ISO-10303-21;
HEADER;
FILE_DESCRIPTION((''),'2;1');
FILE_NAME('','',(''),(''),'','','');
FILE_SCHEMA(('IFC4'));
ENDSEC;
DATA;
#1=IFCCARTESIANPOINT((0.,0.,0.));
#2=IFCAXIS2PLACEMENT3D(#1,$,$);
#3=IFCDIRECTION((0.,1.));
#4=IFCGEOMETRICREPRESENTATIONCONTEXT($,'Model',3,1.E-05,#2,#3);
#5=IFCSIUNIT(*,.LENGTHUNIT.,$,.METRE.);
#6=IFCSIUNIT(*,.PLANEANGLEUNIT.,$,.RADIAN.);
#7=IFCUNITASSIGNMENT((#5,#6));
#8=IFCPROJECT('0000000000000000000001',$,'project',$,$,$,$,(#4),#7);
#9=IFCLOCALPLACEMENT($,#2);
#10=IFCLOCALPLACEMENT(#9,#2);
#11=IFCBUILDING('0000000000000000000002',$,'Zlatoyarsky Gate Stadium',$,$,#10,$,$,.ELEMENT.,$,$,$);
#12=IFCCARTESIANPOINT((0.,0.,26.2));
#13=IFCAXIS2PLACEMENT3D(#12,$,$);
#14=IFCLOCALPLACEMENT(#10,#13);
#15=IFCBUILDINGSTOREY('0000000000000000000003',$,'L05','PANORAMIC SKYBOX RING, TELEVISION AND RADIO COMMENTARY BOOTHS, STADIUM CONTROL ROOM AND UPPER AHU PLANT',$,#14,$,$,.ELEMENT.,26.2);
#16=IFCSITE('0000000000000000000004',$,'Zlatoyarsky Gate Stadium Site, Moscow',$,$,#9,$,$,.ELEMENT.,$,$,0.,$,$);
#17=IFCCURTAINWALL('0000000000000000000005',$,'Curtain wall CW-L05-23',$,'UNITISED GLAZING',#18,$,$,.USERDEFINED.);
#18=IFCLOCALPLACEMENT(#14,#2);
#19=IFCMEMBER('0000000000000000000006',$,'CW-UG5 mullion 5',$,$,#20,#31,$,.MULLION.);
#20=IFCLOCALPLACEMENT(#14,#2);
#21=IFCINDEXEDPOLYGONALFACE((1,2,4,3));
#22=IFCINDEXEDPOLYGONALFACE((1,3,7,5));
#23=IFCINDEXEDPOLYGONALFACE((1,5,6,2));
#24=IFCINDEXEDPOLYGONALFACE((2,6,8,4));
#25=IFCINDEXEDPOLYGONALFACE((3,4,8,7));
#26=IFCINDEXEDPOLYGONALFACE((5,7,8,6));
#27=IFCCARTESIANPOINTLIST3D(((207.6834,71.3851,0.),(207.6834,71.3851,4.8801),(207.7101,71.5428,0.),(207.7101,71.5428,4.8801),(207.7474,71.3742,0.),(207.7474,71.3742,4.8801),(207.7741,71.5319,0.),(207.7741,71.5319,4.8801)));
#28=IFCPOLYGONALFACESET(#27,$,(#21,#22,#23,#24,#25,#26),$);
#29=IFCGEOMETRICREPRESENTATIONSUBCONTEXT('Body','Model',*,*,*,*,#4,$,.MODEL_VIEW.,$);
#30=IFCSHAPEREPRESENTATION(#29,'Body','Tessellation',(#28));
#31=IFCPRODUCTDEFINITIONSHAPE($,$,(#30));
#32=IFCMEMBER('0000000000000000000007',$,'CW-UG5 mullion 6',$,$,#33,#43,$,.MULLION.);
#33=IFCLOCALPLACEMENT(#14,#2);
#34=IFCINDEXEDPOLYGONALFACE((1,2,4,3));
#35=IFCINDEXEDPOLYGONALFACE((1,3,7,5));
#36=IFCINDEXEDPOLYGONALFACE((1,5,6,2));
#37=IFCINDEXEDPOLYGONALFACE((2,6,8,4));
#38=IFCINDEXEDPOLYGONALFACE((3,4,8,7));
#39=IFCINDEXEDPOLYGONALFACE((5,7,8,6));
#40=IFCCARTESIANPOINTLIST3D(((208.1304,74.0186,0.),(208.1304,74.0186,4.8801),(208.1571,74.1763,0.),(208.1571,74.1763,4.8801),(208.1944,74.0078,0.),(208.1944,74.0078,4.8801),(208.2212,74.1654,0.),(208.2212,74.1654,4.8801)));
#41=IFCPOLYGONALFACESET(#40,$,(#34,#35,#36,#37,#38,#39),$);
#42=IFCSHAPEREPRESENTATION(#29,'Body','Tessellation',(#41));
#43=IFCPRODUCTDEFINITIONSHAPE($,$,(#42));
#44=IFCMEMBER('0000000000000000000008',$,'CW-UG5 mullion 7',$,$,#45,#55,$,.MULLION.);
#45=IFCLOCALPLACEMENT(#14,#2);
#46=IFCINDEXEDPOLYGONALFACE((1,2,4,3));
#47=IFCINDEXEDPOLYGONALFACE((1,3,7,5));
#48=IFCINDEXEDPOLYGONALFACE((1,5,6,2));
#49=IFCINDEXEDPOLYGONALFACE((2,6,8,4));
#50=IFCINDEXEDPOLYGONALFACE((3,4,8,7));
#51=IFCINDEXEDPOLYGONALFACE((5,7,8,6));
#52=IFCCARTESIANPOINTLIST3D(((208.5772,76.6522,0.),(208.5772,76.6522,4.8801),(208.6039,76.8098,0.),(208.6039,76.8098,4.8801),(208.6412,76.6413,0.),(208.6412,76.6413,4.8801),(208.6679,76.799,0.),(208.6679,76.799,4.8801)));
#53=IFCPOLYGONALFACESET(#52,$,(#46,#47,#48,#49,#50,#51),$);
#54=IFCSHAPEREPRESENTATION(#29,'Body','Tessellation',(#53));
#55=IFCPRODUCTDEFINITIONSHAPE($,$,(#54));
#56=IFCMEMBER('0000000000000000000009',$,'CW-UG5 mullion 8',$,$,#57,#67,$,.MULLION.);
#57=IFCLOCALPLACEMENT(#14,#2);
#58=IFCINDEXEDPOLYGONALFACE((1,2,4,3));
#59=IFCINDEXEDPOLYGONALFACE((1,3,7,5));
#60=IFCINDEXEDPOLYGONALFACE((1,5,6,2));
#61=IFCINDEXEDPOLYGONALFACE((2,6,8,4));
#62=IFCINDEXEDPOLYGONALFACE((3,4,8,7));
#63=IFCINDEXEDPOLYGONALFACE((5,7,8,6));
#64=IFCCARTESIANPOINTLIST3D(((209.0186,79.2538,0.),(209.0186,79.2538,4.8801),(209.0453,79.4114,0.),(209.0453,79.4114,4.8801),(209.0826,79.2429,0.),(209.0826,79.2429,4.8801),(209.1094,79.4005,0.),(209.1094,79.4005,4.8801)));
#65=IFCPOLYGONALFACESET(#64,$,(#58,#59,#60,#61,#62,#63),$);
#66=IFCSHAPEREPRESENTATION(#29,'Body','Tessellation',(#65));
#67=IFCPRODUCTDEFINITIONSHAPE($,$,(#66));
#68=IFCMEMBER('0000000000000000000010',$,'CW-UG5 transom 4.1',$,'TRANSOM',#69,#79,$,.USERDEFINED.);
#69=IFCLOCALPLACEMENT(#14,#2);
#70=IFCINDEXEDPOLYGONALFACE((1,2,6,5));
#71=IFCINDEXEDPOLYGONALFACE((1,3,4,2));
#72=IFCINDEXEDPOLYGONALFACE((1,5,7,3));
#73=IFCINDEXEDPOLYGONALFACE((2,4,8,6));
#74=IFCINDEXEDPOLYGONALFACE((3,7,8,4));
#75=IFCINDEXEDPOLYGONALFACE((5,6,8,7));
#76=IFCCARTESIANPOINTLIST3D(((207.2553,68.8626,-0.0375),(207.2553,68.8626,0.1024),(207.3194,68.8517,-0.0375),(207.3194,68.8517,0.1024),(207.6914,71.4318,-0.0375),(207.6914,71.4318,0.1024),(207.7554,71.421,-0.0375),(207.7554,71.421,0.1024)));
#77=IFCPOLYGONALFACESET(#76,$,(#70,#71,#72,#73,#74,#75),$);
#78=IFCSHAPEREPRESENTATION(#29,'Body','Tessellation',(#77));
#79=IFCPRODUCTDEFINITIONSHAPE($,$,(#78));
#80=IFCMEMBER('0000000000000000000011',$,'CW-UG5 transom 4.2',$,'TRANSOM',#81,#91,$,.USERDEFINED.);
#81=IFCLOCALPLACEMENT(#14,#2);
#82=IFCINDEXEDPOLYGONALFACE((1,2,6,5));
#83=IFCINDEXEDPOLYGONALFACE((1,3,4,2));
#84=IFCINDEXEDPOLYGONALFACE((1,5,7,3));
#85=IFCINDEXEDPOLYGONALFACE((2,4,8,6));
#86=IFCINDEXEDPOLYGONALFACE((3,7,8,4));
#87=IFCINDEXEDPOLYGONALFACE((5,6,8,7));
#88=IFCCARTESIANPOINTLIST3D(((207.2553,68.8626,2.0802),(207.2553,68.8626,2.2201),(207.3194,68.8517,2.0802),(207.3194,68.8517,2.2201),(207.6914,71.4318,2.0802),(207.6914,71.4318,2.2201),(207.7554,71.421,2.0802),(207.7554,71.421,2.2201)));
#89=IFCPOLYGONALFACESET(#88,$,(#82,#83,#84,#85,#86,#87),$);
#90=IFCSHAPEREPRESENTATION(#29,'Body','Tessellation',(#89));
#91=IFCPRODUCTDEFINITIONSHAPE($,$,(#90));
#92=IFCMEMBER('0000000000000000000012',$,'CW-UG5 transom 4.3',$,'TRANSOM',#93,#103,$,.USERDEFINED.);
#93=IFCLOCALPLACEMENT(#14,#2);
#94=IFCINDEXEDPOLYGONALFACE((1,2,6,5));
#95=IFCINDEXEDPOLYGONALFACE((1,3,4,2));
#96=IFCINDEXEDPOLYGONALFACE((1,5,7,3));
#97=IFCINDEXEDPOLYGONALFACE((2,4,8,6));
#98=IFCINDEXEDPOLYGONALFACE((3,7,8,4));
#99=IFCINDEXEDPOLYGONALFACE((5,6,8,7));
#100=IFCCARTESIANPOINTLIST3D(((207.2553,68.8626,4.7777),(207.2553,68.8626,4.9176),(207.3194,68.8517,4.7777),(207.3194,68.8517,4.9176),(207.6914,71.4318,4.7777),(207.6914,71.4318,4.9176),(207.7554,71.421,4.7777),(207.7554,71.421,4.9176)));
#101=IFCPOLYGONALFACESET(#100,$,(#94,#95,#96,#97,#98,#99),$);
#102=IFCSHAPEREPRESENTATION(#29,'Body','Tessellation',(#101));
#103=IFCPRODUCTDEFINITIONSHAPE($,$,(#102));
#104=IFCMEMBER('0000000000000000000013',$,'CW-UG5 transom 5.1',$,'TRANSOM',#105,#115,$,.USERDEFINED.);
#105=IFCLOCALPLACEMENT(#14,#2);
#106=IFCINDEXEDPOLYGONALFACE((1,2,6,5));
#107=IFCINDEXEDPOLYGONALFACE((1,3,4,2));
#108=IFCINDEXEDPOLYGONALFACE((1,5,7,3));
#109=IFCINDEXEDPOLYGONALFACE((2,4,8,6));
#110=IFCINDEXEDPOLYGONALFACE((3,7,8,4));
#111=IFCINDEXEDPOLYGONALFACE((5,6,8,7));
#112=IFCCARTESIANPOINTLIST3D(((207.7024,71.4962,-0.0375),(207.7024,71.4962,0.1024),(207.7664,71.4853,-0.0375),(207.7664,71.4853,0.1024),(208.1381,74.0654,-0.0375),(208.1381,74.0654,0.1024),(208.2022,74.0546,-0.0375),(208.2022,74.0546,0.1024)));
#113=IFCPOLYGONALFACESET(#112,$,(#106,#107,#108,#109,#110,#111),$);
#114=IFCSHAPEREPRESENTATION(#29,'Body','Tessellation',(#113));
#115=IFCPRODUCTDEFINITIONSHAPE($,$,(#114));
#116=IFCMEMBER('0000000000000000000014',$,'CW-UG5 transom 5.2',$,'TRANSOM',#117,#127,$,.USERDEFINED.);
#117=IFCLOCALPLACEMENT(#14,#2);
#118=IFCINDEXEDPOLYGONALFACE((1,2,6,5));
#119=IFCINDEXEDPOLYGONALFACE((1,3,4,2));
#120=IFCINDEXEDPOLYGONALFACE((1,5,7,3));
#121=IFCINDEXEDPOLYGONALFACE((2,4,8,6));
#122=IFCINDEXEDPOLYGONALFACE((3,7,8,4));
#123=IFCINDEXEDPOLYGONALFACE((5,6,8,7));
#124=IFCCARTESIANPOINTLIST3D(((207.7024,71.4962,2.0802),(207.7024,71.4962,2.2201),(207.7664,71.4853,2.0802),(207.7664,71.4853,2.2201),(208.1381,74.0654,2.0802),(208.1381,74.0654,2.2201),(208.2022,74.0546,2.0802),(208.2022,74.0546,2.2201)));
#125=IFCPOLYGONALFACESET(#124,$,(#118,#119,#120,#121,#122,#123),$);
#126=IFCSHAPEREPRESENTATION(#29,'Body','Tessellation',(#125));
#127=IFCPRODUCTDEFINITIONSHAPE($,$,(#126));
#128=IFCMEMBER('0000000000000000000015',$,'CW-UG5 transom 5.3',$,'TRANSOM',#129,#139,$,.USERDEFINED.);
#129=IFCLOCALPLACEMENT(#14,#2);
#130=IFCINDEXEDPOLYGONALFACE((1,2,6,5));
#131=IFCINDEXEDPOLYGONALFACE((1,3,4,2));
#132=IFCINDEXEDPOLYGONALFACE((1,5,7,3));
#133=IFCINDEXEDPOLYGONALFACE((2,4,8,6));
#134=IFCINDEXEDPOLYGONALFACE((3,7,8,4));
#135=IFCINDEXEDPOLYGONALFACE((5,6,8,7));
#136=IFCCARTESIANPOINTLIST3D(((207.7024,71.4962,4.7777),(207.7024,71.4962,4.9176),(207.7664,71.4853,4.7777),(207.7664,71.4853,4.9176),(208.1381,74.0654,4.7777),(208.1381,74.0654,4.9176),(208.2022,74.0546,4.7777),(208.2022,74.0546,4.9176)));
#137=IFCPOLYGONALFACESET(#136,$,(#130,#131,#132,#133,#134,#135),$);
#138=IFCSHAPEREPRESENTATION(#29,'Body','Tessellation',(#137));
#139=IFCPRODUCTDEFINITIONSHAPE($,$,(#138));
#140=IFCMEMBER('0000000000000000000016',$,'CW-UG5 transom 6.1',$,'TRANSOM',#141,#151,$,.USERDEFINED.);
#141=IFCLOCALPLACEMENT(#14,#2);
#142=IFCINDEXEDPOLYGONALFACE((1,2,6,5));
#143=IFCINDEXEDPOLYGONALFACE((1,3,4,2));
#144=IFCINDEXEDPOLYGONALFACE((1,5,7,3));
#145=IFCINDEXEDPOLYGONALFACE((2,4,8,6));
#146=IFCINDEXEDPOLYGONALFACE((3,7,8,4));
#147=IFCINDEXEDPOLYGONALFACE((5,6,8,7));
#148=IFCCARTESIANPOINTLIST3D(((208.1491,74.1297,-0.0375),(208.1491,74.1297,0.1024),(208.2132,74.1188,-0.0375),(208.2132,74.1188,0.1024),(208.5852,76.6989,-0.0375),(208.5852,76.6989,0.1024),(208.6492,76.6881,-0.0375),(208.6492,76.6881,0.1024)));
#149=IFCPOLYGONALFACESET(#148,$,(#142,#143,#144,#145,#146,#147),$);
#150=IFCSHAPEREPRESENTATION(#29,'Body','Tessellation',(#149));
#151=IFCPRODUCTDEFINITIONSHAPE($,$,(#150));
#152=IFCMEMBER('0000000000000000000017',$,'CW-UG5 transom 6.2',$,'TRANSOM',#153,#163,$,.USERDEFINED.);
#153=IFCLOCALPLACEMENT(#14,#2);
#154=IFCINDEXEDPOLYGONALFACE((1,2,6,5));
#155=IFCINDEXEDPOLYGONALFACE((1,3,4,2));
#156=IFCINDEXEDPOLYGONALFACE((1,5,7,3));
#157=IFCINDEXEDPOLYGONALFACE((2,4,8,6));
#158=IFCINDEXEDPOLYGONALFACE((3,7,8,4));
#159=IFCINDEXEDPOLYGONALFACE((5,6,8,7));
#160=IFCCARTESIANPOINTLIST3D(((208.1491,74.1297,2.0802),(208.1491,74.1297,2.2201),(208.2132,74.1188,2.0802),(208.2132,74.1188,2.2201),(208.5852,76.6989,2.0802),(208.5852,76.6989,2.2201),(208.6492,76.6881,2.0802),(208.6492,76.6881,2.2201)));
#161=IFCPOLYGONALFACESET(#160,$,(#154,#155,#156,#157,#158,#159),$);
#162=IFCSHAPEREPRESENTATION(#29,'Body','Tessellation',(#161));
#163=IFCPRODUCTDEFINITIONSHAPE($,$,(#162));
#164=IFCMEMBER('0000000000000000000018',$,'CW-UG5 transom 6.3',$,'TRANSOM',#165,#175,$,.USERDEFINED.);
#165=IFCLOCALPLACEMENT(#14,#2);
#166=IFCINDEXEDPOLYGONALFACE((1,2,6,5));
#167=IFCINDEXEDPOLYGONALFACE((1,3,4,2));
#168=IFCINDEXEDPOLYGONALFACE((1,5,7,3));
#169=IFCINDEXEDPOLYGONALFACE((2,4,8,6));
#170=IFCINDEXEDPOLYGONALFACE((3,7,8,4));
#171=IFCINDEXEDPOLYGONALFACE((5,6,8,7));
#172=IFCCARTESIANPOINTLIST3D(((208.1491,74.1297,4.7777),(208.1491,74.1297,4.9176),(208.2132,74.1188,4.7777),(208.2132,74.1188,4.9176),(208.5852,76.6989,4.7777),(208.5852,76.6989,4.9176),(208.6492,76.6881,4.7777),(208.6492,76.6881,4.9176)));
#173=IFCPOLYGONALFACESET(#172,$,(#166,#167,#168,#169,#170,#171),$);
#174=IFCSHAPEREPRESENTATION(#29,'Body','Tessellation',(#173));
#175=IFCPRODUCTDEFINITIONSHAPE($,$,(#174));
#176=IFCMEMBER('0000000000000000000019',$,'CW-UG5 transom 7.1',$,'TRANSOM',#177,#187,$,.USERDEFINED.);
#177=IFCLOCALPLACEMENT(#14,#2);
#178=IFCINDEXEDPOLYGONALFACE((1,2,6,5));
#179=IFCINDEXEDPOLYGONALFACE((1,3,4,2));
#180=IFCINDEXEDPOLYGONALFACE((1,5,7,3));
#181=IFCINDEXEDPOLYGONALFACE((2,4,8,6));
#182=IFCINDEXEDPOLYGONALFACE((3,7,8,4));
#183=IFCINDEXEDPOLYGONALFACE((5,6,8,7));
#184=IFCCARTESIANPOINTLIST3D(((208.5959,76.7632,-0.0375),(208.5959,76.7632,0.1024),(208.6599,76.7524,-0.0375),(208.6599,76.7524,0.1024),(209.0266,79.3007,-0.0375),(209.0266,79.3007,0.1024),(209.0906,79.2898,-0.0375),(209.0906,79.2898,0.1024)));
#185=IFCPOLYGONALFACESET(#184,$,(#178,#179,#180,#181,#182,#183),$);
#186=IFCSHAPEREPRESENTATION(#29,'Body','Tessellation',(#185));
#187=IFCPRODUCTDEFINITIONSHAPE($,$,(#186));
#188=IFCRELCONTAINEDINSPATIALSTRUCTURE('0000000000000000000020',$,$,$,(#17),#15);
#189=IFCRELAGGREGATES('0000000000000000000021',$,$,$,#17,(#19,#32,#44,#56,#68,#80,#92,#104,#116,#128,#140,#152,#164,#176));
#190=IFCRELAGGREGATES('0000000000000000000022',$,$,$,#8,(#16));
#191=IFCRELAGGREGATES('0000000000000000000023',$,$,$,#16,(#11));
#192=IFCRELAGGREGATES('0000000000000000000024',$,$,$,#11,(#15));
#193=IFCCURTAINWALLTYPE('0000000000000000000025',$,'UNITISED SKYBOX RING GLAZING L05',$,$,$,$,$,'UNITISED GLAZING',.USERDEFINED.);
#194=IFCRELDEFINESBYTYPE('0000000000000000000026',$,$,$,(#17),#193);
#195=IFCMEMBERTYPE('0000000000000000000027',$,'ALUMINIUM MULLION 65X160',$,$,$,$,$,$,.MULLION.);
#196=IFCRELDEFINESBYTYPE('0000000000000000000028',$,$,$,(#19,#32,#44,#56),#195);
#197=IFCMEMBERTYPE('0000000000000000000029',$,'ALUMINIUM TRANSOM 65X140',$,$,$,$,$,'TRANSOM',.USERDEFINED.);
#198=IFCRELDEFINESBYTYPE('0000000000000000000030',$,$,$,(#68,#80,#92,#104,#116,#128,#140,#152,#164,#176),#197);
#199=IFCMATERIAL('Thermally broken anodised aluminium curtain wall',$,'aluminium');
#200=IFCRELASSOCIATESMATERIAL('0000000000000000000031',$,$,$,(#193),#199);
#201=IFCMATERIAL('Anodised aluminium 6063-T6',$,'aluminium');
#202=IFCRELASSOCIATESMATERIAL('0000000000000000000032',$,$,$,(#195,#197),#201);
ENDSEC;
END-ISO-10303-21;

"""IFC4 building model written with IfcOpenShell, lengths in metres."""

from ifc_helpers import new_model, si_unit, direction, frame, origin, origin_2d, place, context, subcontext, project, spatial, rectangle, extrude, material, material_profile, profile_set, type_object, element, aggregate, save


model = new_model("IFC4")

# Units and contexts
model_context = context("Model", 3, precision=1e-05, world=origin(), true_north=direction((0.0, 1.0)))
body_context = subcontext(model_context, "Body", "Model", "MODEL_VIEW")
ifc_project = project(units=[si_unit("LENGTHUNIT", "METRE"), si_unit("PLANEANGLEUNIT", "RADIAN")], contexts=[model_context])

# Site, building, storey
site_placement = place(None, origin())
site = spatial("IfcSite", under=ifc_project, at=site_placement, Name="Zlatoyarsky Gate Stadium Site, Moscow", CompositionType="ELEMENT", RefElevation=0.0)
building_placement = place(site_placement, origin())
building = spatial("IfcBuilding", under=site, at=building_placement, Name="Zlatoyarsky Gate Stadium", CompositionType="ELEMENT")
storey_placement = place(building_placement, frame((0.0, 0.0, 26.2)))
storey = spatial("IfcBuildingStorey", under=building, at=storey_placement, Name="L05", Description="PANORAMIC SKYBOX RING, TELEVISION AND RADIO COMMENTARY BOOTHS, STADIUM CONTROL ROOM AND UPPER AHU PLANT", CompositionType="ELEMENT", Elevation=26.2)

# Curtain wall, members
ifc_material_1 = material(Name="Thermally broken anodised aluminium curtain wall", Category="aluminium")
curtain_wall_type = type_object("IfcCurtainWallType", Name="UNITISED SKYBOX RING GLAZING L05", ElementType="UNITISED GLAZING", PredefinedType="USERDEFINED", material=ifc_material_1)
curtain_wall_placement = place(storey_placement, origin())
curtain_wall = element("IfcCurtainWall", 1, at=curtain_wall_placement, inside=storey, type_object=curtain_wall_type, Name="Curtain wall CW-L05-23", ObjectType="UNITISED GLAZING", PredefinedType="USERDEFINED")
ifc_material_2 = material(Name="Anodised aluminium 6063-T6", Category="aluminium")
ifc_material_profile_1 = material_profile(ifc_material_2, rectangle(XDim=0.0649, YDim=0.1599, at=origin_2d()), Name="ALU 65X160")
ifc_profile_set_1 = profile_set([ifc_material_profile_1], Name="Anodised aluminium 6063-T6")
member_type_1 = type_object("IfcMemberType", Name="ALUMINIUM MULLION 65X160", PredefinedType="MULLION", material=ifc_profile_set_1)
member_1_placement = place(storey_placement, frame((207.7288, 71.4585, 0.0), z_axis=(0.0, 0.0, 1.0), x_axis=(-0.985909, 0.167284, 0.0)))
member_1 = element("IfcMember", 2, at=member_1_placement, type_object=member_type_1, Name="CW-UG5 mullion 5", PredefinedType="MULLION", context=body_context, shape_type="SweptSolid", body=[
    extrude(rectangle(XDim=0.0649, YDim=0.1599, at=origin_2d()), origin(), (0.0, 0.0, 1.0), 4.8801),
])
member_2_placement = place(storey_placement, frame((208.1758, 74.092, 0.0), z_axis=(0.0, 0.0, 1.0), x_axis=(-0.985909, 0.167284, 0.0)))
member_2 = element("IfcMember", 3, at=member_2_placement, type_object=member_type_1, Name="CW-UG5 mullion 6", PredefinedType="MULLION", context=body_context, shape_type="SweptSolid", body=[
    extrude(rectangle(XDim=0.0649, YDim=0.1599, at=origin_2d()), origin(), (0.0, 0.0, 1.0), 4.8801),
])
member_3_placement = place(storey_placement, frame((208.6226, 76.7256, 0.0), z_axis=(0.0, 0.0, 1.0), x_axis=(-0.985909, 0.167284, 0.0)))
member_3 = element("IfcMember", 4, at=member_3_placement, type_object=member_type_1, Name="CW-UG5 mullion 7", PredefinedType="MULLION", context=body_context, shape_type="SweptSolid", body=[
    extrude(rectangle(XDim=0.0649, YDim=0.1599, at=origin_2d()), origin(), (0.0, 0.0, 1.0), 4.8801),
])
member_4_placement = place(storey_placement, frame((209.064, 79.3271, 0.0), z_axis=(0.0, 0.0, 1.0), x_axis=(-0.985909, 0.167284, 0.0)))
member_4 = element("IfcMember", 5, at=member_4_placement, type_object=member_type_1, Name="CW-UG5 mullion 8", PredefinedType="MULLION", context=body_context, shape_type="SweptSolid", body=[
    extrude(rectangle(XDim=0.0649, YDim=0.1599, at=origin_2d()), origin(), (0.0, 0.0, 1.0), 4.8801),
])
ifc_material_profile_2 = material_profile(ifc_material_2, rectangle(XDim=0.0649, YDim=0.1399, at=origin_2d()), Name="ALU 65X140")
ifc_profile_set_2 = profile_set([ifc_material_profile_2], Name="Anodised aluminium 6063-T6")
member_type_2 = type_object("IfcMemberType", Name="ALUMINIUM TRANSOM 65X140", ElementType="TRANSOM", PredefinedType="USERDEFINED", material=ifc_profile_set_2)
member_5_placement = place(storey_placement, frame((207.2874, 68.8572, 0.0325), z_axis=(0.167315, 0.985903, 0.0), x_axis=(-0.985903, 0.167315, 0.0)))
member_5 = element("IfcMember", 6, at=member_5_placement, type_object=member_type_2, Name="CW-UG5 transom 4.1", ObjectType="TRANSOM", PredefinedType="USERDEFINED", context=body_context, shape_type="SweptSolid", body=[
    extrude(rectangle(XDim=0.0649, YDim=0.1399, at=origin_2d()), origin(), (0.0, 0.0, 1.0), 2.606),
])
member_6_placement = place(storey_placement, frame((207.2874, 68.8572, 2.1501), z_axis=(0.167315, 0.985903, 0.0), x_axis=(-0.985903, 0.167315, 0.0)))
member_6 = element("IfcMember", 7, at=member_6_placement, type_object=member_type_2, Name="CW-UG5 transom 4.2", ObjectType="TRANSOM", PredefinedType="USERDEFINED", context=body_context, shape_type="SweptSolid", body=[
    extrude(rectangle(XDim=0.0649, YDim=0.1399, at=origin_2d()), origin(), (0.0, 0.0, 1.0), 2.606),
])
member_7_placement = place(storey_placement, frame((207.2874, 68.8572, 4.8477), z_axis=(0.167315, 0.985903, 0.0), x_axis=(-0.985903, 0.167315, 0.0)))
member_7 = element("IfcMember", 8, at=member_7_placement, type_object=member_type_2, Name="CW-UG5 transom 4.3", ObjectType="TRANSOM", PredefinedType="USERDEFINED", context=body_context, shape_type="SweptSolid", body=[
    extrude(rectangle(XDim=0.0649, YDim=0.1399, at=origin_2d()), origin(), (0.0, 0.0, 1.0), 2.606),
])
member_8_placement = place(storey_placement, frame((207.7344, 71.4907, 0.0325), z_axis=(0.167224, 0.985919, 0.0), x_axis=(-0.985919, 0.167224, 0.0)))
member_8 = element("IfcMember", 9, at=member_8_placement, type_object=member_type_2, Name="CW-UG5 transom 5.1", ObjectType="TRANSOM", PredefinedType="USERDEFINED", context=body_context, shape_type="SweptSolid", body=[
    extrude(rectangle(XDim=0.0649, YDim=0.1399, at=origin_2d()), origin(), (0.0, 0.0, 1.0), 2.606),
])
member_9_placement = place(storey_placement, frame((207.7344, 71.4907, 2.1501), z_axis=(0.167224, 0.985919, 0.0), x_axis=(-0.985919, 0.167224, 0.0)))
member_9 = element("IfcMember", 10, at=member_9_placement, type_object=member_type_2, Name="CW-UG5 transom 5.2", ObjectType="TRANSOM", PredefinedType="USERDEFINED", context=body_context, shape_type="SweptSolid", body=[
    extrude(rectangle(XDim=0.0649, YDim=0.1399, at=origin_2d()), origin(), (0.0, 0.0, 1.0), 2.606),
])
member_10_placement = place(storey_placement, frame((207.7344, 71.4907, 4.8477), z_axis=(0.167224, 0.985919, 0.0), x_axis=(-0.985919, 0.167224, 0.0)))
member_10 = element("IfcMember", 11, at=member_10_placement, type_object=member_type_2, Name="CW-UG5 transom 5.3", ObjectType="TRANSOM", PredefinedType="USERDEFINED", context=body_context, shape_type="SweptSolid", body=[
    extrude(rectangle(XDim=0.0649, YDim=0.1399, at=origin_2d()), origin(), (0.0, 0.0, 1.0), 2.606),
])
member_11_placement = place(storey_placement, frame((208.1812, 74.1243, 0.0325), z_axis=(0.167315, 0.985903, 0.0), x_axis=(-0.985903, 0.167315, 0.0)))
member_11 = element("IfcMember", 12, at=member_11_placement, type_object=member_type_2, Name="CW-UG5 transom 6.1", ObjectType="TRANSOM", PredefinedType="USERDEFINED", context=body_context, shape_type="SweptSolid", body=[
    extrude(rectangle(XDim=0.0649, YDim=0.1399, at=origin_2d()), origin(), (0.0, 0.0, 1.0), 2.606),
])
member_12_placement = place(storey_placement, frame((208.1812, 74.1243, 2.1501), z_axis=(0.167315, 0.985903, 0.0), x_axis=(-0.985903, 0.167315, 0.0)))
member_12 = element("IfcMember", 13, at=member_12_placement, type_object=member_type_2, Name="CW-UG5 transom 6.2", ObjectType="TRANSOM", PredefinedType="USERDEFINED", context=body_context, shape_type="SweptSolid", body=[
    extrude(rectangle(XDim=0.0649, YDim=0.1399, at=origin_2d()), origin(), (0.0, 0.0, 1.0), 2.606),
])
member_13_placement = place(storey_placement, frame((208.1812, 74.1243, 4.8477), z_axis=(0.167315, 0.985903, 0.0), x_axis=(-0.985903, 0.167315, 0.0)))
member_13 = element("IfcMember", 14, at=member_13_placement, type_object=member_type_2, Name="CW-UG5 transom 6.3", ObjectType="TRANSOM", PredefinedType="USERDEFINED", context=body_context, shape_type="SweptSolid", body=[
    extrude(rectangle(XDim=0.0649, YDim=0.1399, at=origin_2d()), origin(), (0.0, 0.0, 1.0), 2.606),
])
member_14_placement = place(storey_placement, frame((208.6279, 76.7578, 0.0325), z_axis=(0.167336, 0.9859, 0.0), x_axis=(-0.9859, 0.167336, 0.0)))
member_14 = element("IfcMember", 15, at=member_14_placement, type_object=member_type_2, Name="CW-UG5 transom 7.1", ObjectType="TRANSOM", PredefinedType="USERDEFINED", context=body_context, shape_type="SweptSolid", body=[
    extrude(rectangle(XDim=0.0649, YDim=0.1399, at=origin_2d()), origin(), (0.0, 0.0, 1.0), 2.5737),
])

aggregate(curtain_wall, [member_1, member_2, member_3, member_4, member_5, member_6, member_7, member_8, member_9, member_10, member_11, member_12, member_13, member_14])

save(model, "model.ifc")
